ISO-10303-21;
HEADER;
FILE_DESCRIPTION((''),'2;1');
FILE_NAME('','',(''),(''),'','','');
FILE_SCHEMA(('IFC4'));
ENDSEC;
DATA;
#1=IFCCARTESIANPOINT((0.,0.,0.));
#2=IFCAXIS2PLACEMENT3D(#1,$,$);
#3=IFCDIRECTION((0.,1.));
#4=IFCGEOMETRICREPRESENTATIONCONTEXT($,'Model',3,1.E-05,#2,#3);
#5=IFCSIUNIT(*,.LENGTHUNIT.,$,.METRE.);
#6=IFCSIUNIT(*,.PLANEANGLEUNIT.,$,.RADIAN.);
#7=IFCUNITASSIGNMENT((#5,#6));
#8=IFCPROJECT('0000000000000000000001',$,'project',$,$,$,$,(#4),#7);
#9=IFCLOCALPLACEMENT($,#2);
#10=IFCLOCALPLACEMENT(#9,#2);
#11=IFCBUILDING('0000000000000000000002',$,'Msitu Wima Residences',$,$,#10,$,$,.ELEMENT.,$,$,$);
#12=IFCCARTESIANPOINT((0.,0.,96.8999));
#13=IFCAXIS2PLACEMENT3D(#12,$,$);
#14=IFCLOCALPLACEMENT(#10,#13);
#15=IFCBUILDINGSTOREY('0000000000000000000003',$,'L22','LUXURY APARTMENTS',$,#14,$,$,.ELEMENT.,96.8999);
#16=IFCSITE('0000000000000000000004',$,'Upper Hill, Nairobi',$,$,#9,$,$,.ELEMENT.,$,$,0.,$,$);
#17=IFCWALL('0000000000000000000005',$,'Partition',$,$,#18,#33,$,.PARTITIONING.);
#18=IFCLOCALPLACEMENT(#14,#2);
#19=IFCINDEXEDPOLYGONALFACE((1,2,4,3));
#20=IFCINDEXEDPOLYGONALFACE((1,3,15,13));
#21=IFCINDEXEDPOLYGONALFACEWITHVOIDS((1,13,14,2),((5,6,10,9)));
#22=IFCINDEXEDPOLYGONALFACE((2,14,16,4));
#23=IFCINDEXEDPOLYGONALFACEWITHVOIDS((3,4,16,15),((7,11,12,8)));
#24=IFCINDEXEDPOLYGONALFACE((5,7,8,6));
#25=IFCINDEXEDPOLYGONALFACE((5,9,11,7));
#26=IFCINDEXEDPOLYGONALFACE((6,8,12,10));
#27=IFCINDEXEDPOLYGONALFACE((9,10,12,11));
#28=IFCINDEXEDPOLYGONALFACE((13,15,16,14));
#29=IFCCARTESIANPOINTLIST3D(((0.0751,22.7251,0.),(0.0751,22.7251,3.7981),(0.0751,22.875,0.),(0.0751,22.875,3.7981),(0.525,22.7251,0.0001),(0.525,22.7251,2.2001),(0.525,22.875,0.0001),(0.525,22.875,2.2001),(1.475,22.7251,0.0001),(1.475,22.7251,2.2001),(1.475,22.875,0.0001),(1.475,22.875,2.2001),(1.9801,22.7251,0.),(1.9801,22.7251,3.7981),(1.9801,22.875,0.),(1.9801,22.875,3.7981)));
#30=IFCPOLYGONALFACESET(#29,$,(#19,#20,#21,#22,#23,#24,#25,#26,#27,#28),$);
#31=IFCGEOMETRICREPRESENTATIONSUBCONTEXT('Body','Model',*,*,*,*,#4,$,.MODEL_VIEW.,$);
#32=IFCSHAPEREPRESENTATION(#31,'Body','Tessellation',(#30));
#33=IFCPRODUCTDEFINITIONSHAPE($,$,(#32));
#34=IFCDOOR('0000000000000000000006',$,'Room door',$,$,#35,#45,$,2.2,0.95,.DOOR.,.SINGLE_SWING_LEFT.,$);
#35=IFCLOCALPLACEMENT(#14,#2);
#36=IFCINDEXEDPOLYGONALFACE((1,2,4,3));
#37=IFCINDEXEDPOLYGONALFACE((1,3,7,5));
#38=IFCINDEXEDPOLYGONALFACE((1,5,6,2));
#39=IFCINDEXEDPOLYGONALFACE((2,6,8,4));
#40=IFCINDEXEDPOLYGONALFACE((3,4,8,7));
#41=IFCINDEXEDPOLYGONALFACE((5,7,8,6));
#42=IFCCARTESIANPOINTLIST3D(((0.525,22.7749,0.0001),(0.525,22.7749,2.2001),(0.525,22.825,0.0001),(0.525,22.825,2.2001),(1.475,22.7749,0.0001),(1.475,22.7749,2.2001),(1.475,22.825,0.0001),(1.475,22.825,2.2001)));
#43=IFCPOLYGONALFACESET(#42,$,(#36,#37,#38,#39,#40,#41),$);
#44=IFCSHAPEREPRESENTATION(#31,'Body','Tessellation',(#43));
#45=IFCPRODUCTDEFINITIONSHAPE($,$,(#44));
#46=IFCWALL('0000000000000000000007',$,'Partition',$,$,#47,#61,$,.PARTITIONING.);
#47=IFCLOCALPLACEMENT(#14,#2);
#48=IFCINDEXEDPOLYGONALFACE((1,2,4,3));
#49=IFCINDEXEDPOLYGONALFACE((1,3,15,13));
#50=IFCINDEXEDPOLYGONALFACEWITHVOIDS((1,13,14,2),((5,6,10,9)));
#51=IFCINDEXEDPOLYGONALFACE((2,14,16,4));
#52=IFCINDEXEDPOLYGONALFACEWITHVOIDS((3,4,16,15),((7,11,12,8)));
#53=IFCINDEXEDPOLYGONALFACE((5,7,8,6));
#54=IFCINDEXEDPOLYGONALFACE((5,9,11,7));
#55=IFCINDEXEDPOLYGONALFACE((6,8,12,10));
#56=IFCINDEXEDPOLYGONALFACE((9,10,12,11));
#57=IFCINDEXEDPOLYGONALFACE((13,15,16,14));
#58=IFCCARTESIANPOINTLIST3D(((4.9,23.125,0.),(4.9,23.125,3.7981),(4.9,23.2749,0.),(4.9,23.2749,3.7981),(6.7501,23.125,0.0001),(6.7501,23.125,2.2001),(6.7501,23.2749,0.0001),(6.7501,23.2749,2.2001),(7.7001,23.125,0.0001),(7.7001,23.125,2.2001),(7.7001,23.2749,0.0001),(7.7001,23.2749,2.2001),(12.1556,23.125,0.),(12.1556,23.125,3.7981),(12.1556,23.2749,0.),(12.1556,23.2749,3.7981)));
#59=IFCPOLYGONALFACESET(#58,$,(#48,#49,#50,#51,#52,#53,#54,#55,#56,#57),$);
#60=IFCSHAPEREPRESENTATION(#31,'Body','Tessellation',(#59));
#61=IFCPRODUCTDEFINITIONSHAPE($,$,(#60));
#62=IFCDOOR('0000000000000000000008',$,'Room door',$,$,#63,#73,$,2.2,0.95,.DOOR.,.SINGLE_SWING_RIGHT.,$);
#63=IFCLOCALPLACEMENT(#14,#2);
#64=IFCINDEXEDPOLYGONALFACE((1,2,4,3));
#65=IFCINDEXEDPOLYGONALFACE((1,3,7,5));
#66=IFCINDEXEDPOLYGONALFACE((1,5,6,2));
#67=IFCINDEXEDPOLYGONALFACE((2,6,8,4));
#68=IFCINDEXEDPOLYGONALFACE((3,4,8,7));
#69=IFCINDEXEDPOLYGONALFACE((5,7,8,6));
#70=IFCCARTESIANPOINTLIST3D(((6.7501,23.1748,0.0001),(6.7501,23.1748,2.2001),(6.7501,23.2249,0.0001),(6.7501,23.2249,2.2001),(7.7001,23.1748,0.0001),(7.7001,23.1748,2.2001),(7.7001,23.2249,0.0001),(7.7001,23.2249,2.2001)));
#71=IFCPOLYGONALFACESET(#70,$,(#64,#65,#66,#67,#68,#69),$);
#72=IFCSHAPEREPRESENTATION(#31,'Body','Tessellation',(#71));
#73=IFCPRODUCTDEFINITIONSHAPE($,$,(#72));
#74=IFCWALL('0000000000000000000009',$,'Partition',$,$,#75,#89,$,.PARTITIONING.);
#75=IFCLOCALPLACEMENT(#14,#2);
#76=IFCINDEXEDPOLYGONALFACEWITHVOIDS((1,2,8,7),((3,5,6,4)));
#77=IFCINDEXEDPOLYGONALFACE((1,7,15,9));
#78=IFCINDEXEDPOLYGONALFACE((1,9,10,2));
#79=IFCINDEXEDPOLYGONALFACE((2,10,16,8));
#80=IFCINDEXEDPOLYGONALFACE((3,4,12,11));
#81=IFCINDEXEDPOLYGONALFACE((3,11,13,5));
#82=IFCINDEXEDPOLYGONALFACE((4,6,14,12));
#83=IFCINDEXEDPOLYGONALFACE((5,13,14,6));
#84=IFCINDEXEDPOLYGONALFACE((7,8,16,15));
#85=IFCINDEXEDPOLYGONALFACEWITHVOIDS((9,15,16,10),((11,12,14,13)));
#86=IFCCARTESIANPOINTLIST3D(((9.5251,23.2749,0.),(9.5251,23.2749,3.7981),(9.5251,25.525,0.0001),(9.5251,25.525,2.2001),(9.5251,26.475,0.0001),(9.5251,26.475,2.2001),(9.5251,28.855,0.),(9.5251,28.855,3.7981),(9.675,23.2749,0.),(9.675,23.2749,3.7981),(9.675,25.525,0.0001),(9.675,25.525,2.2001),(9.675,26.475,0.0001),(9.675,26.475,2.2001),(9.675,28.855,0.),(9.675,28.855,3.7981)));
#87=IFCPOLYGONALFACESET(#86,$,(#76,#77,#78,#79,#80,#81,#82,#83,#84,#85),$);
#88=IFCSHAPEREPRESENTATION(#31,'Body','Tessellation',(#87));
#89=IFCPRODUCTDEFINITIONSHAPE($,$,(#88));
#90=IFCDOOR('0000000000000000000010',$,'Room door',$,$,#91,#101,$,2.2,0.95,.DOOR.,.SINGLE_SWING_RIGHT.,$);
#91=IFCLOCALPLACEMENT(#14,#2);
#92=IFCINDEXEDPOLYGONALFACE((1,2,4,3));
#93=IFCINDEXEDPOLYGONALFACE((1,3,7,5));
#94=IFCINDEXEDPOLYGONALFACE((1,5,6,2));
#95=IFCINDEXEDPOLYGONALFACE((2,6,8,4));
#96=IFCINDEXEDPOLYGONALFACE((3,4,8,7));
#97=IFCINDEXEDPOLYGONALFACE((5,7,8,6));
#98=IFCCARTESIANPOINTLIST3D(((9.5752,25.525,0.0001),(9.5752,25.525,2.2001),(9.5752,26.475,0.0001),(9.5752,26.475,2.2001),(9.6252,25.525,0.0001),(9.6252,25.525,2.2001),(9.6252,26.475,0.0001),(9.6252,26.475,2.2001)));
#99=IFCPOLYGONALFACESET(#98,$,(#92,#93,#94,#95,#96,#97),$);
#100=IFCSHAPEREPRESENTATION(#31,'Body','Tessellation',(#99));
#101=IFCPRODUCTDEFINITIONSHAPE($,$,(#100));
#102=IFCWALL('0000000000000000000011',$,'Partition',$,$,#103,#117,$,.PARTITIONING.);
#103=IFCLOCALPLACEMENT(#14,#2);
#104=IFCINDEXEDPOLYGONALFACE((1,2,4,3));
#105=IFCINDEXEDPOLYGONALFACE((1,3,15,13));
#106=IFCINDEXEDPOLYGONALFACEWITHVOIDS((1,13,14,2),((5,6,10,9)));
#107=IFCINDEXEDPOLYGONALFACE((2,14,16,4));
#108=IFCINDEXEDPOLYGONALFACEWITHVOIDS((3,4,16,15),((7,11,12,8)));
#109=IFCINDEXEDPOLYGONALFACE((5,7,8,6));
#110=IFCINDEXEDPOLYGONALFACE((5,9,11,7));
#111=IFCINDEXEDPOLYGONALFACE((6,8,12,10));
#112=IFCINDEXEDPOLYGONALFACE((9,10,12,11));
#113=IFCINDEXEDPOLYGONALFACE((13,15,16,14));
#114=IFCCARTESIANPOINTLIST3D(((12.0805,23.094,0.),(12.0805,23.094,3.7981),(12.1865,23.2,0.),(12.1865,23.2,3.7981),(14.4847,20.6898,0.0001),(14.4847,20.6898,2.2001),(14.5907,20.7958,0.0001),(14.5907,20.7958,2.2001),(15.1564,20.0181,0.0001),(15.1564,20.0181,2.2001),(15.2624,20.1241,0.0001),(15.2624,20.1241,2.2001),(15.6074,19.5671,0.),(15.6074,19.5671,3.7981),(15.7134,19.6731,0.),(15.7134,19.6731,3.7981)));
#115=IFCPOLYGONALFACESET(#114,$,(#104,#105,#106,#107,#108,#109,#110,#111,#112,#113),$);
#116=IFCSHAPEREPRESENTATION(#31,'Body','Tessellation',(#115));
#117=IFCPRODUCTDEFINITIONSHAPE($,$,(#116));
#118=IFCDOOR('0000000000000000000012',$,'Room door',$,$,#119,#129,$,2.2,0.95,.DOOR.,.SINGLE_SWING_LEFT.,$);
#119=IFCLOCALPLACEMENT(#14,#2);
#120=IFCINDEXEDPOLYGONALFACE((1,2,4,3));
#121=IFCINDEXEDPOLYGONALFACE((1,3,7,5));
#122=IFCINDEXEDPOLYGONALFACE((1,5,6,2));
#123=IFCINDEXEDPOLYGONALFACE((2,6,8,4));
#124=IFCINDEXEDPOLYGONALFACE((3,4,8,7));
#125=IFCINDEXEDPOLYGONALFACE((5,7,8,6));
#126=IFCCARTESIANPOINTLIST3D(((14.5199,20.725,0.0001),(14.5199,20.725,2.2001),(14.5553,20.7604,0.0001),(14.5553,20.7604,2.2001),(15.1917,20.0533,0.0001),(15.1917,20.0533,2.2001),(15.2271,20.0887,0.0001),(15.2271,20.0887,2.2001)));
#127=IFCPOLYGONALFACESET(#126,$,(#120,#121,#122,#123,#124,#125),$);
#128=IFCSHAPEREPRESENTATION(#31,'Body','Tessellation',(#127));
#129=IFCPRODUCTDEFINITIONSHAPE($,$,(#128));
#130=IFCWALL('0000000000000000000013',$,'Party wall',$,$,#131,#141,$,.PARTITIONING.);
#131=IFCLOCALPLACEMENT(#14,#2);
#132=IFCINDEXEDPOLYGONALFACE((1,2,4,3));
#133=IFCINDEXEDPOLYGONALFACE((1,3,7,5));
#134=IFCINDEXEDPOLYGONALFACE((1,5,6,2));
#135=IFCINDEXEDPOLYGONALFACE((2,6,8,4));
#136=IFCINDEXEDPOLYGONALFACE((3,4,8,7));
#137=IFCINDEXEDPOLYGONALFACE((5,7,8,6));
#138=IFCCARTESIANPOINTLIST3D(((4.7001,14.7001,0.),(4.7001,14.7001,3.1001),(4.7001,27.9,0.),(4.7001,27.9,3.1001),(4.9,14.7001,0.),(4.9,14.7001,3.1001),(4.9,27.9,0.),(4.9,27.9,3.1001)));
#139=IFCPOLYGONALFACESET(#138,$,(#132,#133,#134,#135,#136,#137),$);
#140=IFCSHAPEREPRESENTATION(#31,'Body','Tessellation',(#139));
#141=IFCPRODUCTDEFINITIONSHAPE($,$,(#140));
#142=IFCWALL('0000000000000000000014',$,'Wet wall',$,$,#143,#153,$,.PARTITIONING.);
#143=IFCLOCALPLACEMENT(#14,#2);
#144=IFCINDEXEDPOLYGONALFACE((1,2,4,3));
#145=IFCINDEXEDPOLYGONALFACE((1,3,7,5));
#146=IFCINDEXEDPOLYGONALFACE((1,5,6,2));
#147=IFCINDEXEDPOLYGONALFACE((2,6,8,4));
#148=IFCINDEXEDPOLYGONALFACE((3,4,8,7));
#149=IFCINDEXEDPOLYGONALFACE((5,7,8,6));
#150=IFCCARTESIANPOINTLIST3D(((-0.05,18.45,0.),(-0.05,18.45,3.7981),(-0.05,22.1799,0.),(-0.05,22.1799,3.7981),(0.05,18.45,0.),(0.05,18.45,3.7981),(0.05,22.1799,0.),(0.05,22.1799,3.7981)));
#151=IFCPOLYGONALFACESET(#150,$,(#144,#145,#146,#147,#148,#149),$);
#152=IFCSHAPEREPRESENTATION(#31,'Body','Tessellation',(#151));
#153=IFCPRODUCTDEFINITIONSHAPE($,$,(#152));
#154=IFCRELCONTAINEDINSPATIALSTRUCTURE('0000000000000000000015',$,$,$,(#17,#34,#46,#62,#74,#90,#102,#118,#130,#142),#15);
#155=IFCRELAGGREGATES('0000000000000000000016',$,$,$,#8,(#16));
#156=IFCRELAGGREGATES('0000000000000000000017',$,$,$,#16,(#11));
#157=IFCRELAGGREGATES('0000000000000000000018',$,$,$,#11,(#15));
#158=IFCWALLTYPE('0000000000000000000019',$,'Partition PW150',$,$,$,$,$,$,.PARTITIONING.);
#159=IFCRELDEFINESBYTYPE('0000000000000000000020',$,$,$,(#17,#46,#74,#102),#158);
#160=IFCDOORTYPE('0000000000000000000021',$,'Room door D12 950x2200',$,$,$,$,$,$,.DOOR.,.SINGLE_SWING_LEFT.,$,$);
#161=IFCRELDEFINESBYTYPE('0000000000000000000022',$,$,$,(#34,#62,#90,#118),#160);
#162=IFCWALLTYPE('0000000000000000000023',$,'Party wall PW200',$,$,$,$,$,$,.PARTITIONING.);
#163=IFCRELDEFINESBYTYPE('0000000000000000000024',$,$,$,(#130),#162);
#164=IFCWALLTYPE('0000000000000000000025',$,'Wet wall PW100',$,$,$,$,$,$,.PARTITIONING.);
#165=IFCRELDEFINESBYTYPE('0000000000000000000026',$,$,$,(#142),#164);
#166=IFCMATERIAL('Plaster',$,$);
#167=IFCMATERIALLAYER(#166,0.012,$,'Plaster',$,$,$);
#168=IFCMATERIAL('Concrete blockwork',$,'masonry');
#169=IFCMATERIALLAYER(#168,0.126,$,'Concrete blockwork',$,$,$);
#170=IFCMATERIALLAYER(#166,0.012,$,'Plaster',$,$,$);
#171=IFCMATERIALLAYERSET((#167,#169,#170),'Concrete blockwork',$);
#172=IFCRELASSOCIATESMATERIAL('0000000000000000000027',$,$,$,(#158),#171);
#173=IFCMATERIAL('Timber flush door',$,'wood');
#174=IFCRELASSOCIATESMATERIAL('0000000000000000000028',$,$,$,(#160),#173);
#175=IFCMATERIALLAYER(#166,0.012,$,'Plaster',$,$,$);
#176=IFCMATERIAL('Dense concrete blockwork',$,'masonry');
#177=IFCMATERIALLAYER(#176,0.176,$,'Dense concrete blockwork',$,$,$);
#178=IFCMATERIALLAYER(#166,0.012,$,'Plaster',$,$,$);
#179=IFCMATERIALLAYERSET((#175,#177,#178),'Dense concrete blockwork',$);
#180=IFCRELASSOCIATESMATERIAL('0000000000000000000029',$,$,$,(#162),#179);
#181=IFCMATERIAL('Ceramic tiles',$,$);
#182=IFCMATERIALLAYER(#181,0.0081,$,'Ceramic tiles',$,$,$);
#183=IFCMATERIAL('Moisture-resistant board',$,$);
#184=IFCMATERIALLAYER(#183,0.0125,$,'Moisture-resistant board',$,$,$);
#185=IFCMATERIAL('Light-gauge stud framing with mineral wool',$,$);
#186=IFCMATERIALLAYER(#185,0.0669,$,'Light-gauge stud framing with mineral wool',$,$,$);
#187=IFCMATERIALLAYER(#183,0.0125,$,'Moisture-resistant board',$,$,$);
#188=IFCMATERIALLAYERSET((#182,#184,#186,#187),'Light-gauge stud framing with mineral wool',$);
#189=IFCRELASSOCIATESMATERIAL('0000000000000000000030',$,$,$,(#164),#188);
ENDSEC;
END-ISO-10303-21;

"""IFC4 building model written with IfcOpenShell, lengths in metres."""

from ifc_helpers import new_model, si_unit, direction, frame, frame_2d, origin, place, context, subcontext, project, spatial, rectangle, extrude, material, layer, layer_set, type_object, element, fill, save


model = new_model("IFC4")

# Units and contexts
model_context = context("Model", 3, precision=1e-05, world=origin(), true_north=direction((0.0, 1.0)))
body_context = subcontext(model_context, "Body", "Model", "MODEL_VIEW")
ifc_project = project(units=[si_unit("LENGTHUNIT", "METRE"), si_unit("PLANEANGLEUNIT", "RADIAN")], contexts=[model_context])

# Site, building, storey
site_placement = place(None, origin())
site = spatial("IfcSite", under=ifc_project, at=site_placement, Name="Upper Hill, Nairobi", CompositionType="ELEMENT", RefElevation=0.0)
building_placement = place(site_placement, origin())
building = spatial("IfcBuilding", under=site, at=building_placement, Name="Msitu Wima Residences", CompositionType="ELEMENT")
storey_placement = place(building_placement, frame((0.0, 0.0, 96.8999)))
storey = spatial("IfcBuildingStorey", under=building, at=storey_placement, Name="L22", Description="LUXURY APARTMENTS", CompositionType="ELEMENT", Elevation=96.8999)

# Shared definitions
ifc_material_1 = material(Name="Plaster")
ifc_layer_1 = layer(ifc_material_1, 0.012, Name="Plaster")
ifc_material_2 = material(Name="Concrete blockwork", Category="masonry")
ifc_layer_2 = layer(ifc_material_2, 0.126, Name="Concrete blockwork")
ifc_layer_3 = layer(ifc_material_1, 0.012, Name="Plaster")
ifc_layer_set_1 = layer_set([ifc_layer_1, ifc_layer_2, ifc_layer_3], Name="Concrete blockwork")
wall_type_1 = type_object("IfcWallType", Name="Partition PW150", PredefinedType="PARTITIONING", material=ifc_layer_set_1)

# Walls, openings, doors
wall_1_placement = place(storey_placement, frame((0.075, 22.8, 0.0), z_axis=(0.0, 0.0, 1.0), x_axis=(1.0, 0.0, 0.0)))
wall_1 = element("IfcWall", 1, at=wall_1_placement, inside=storey, type_object=wall_type_1, Name="Partition", PredefinedType="PARTITIONING", context=body_context, shape_type="SweptSolid", body=[
    extrude(rectangle(XDim=1.905, YDim=0.1499, at=frame_2d((0.9526, 0.0))), origin(), (0.0, 0.0, 1.0), 3.7981),
])
opening_1_placement = place(wall_1_placement, frame((0.45, 0.0, 0.0)))
opening_1 = element("IfcOpeningElement", 2, at=opening_1_placement, cuts=wall_1, PredefinedType="OPENING", context=body_context, shape_type="SweptSolid", body=[
    extrude(rectangle(XDim=0.95, YDim=2.2, at=frame_2d((0.4751, 1.1001))), frame((0.0, 0.085, 0.0), z_axis=(0.0, -1.0, 0.0), x_axis=(1.0, 0.0, 0.0)), (0.0, 0.0, 1.0), 0.1699),
])
ifc_material_3 = material(Name="Timber flush door", Category="wood")
door_type_1 = type_object("IfcDoorType", Name="Room door D12 950x2200", OperationType="SINGLE_SWING_LEFT", PredefinedType="DOOR", material=ifc_material_3)
door_1_placement = place(opening_1_placement, origin())
door_1 = element("IfcDoor", 3, at=door_1_placement, inside=storey, type_object=door_type_1, Name="Room door", OperationType="SINGLE_SWING_LEFT", OverallHeight=2.2, OverallWidth=0.95, PredefinedType="DOOR", context=body_context, shape_type="SweptSolid", body=[
    extrude(rectangle(XDim=0.95, YDim=2.2, at=frame_2d((0.4751, 1.1001))), frame((0.0, 0.0249, 0.0), z_axis=(0.0, -1.0, 0.0), x_axis=(1.0, 0.0, 0.0)), (0.0, 0.0, 1.0), 0.05),
])
fill(opening_1, door_1)
wall_2_placement = place(storey_placement, frame((4.8999, 23.2, 0.0), z_axis=(0.0, 0.0, 1.0), x_axis=(1.0, 0.0, 0.0)))
wall_2 = element("IfcWall", 4, at=wall_2_placement, inside=storey, type_object=wall_type_1, Name="Partition", PredefinedType="PARTITIONING", context=body_context, shape_type="SweptSolid", body=[
    extrude(rectangle(XDim=7.2556, YDim=0.1499, at=frame_2d((3.6279, 0.0))), origin(), (0.0, 0.0, 1.0), 3.7981),
])
opening_2_placement = place(wall_2_placement, frame((1.8501, 0.0, 0.0)))
opening_2 = element("IfcOpeningElement", 5, at=opening_2_placement, cuts=wall_2, PredefinedType="OPENING", context=body_context, shape_type="SweptSolid", body=[
    extrude(rectangle(XDim=0.95, YDim=2.2, at=frame_2d((0.4751, 1.1001))), frame((0.0, 0.085, 0.0), z_axis=(0.0, -1.0, 0.0), x_axis=(1.0, 0.0, 0.0)), (0.0, 0.0, 1.0), 0.1699),
])
door_2_placement = place(opening_2_placement, origin())
door_2 = element("IfcDoor", 6, at=door_2_placement, inside=storey, type_object=door_type_1, Name="Room door", OperationType="SINGLE_SWING_RIGHT", OverallHeight=2.2, OverallWidth=0.95, PredefinedType="DOOR", context=body_context, shape_type="SweptSolid", body=[
    extrude(rectangle(XDim=0.95, YDim=2.2, at=frame_2d((0.4751, 1.1001))), frame((0.0, 0.0249, 0.0), z_axis=(0.0, -1.0, 0.0), x_axis=(1.0, 0.0, 0.0)), (0.0, 0.0, 1.0), 0.05),
])
fill(opening_2, door_2)
wall_3_placement = place(storey_placement, frame((9.6001, 23.2749, 0.0), z_axis=(0.0, 0.0, 1.0), x_axis=(0.0, 1.0, 0.0)))
wall_3 = element("IfcWall", 7, at=wall_3_placement, inside=storey, type_object=wall_type_1, Name="Partition", PredefinedType="PARTITIONING", context=body_context, shape_type="SweptSolid", body=[
    extrude(rectangle(XDim=5.5801, YDim=0.1499, at=frame_2d((2.79, 0.0))), origin(), (0.0, 0.0, 1.0), 3.7981),
])
opening_3_placement = place(wall_3_placement, frame((2.25, 0.0, 0.0)))
opening_3 = element("IfcOpeningElement", 8, at=opening_3_placement, cuts=wall_3, PredefinedType="OPENING", context=body_context, shape_type="SweptSolid", body=[
    extrude(rectangle(XDim=0.95, YDim=2.2, at=frame_2d((0.4751, 1.1001))), frame((0.0, 0.085, 0.0), z_axis=(0.0, -1.0, 0.0), x_axis=(1.0, 0.0, 0.0)), (0.0, 0.0, 1.0), 0.1699),
])
door_3_placement = place(opening_3_placement, origin())
door_3 = element("IfcDoor", 9, at=door_3_placement, inside=storey, type_object=door_type_1, Name="Room door", OperationType="SINGLE_SWING_RIGHT", OverallHeight=2.2, OverallWidth=0.95, PredefinedType="DOOR", context=body_context, shape_type="SweptSolid", body=[
    extrude(rectangle(XDim=0.95, YDim=2.2, at=frame_2d((0.4751, 1.1001))), frame((0.0, 0.0249, 0.0), z_axis=(0.0, -1.0, 0.0), x_axis=(1.0, 0.0, 0.0)), (0.0, 0.0, 1.0), 0.05),
])
fill(opening_3, door_3)
wall_4_placement = place(storey_placement, frame((12.1335, 23.147, 0.0), z_axis=(0.0, 0.0, 1.0), x_axis=(0.707107, -0.707107, 0.0)))
wall_4 = element("IfcWall", 10, at=wall_4_placement, inside=storey, type_object=wall_type_1, Name="Partition", PredefinedType="PARTITIONING", context=body_context, shape_type="SweptSolid", body=[
    extrude(rectangle(XDim=4.9878, YDim=0.1499, at=frame_2d((2.4939, 0.0))), origin(), (0.0, 0.0, 1.0), 3.7981),
])
opening_4_placement = place(wall_4_placement, frame((3.3999, 0.0, 0.0)))
opening_4 = element("IfcOpeningElement", 11, at=opening_4_placement, cuts=wall_4, PredefinedType="OPENING", context=body_context, shape_type="SweptSolid", body=[
    extrude(rectangle(XDim=0.95, YDim=2.2, at=frame_2d((0.4751, 1.1001))), frame((0.0, 0.085, 0.0), z_axis=(0.0, -1.0, 0.0), x_axis=(1.0, 0.0, 0.0)), (0.0, 0.0, 1.0), 0.1699),
])
door_4_placement = place(opening_4_placement, origin())
door_4 = element("IfcDoor", 12, at=door_4_placement, inside=storey, type_object=door_type_1, Name="Room door", OperationType="SINGLE_SWING_LEFT", OverallHeight=2.2, OverallWidth=0.95, PredefinedType="DOOR", context=body_context, shape_type="SweptSolid", body=[
    extrude(rectangle(XDim=0.95, YDim=2.2, at=frame_2d((0.4751, 1.1001))), frame((0.0, 0.0249, 0.0), z_axis=(0.0, -1.0, 0.0), x_axis=(1.0, 0.0, 0.0)), (0.0, 0.0, 1.0), 0.05),
])
fill(opening_4, door_4)

# Walls
ifc_layer_4 = layer(ifc_material_1, 0.012, Name="Plaster")
ifc_material_4 = material(Name="Dense concrete blockwork", Category="masonry")
ifc_layer_5 = layer(ifc_material_4, 0.176, Name="Dense concrete blockwork")
ifc_layer_6 = layer(ifc_material_1, 0.012, Name="Plaster")
ifc_layer_set_2 = layer_set([ifc_layer_4, ifc_layer_5, ifc_layer_6], Name="Dense concrete blockwork")
wall_type_2 = type_object("IfcWallType", Name="Party wall PW200", PredefinedType="PARTITIONING", material=ifc_layer_set_2)
wall_5_placement = place(storey_placement, frame((4.8, 14.7, 0.0), z_axis=(0.0, 0.0, 1.0), x_axis=(0.0, 1.0, 0.0)))
element("IfcWall", 13, at=wall_5_placement, inside=storey, type_object=wall_type_2, Name="Party wall", PredefinedType="PARTITIONING", context=body_context, shape_type="SweptSolid", body=[
    extrude(rectangle(XDim=13.2, YDim=0.2, at=frame_2d((6.6001, 0.0))), origin(), (0.0, 0.0, 1.0), 3.1001),
])
ifc_material_5 = material(Name="Ceramic tiles")
ifc_layer_7 = layer(ifc_material_5, 0.0081, Name="Ceramic tiles")
ifc_material_6 = material(Name="Moisture-resistant board")
ifc_layer_8 = layer(ifc_material_6, 0.0125, Name="Moisture-resistant board")
ifc_material_7 = material(Name="Light-gauge stud framing with mineral wool")
ifc_layer_9 = layer(ifc_material_7, 0.0669, Name="Light-gauge stud framing with mineral wool")
ifc_layer_10 = layer(ifc_material_6, 0.0125, Name="Moisture-resistant board")
ifc_layer_set_3 = layer_set([ifc_layer_7, ifc_layer_8, ifc_layer_9, ifc_layer_10], Name="Light-gauge stud framing with mineral wool")
wall_type_3 = type_object("IfcWallType", Name="Wet wall PW100", PredefinedType="PARTITIONING", material=ifc_layer_set_3)
wall_6_placement = place(storey_placement, frame((0.0, 18.45, 0.0), z_axis=(0.0, 0.0, 1.0), x_axis=(0.0, 1.0, 0.0)))
element("IfcWall", 14, at=wall_6_placement, inside=storey, type_object=wall_type_3, Name="Wet wall", PredefinedType="PARTITIONING", context=body_context, shape_type="SweptSolid", body=[
    extrude(rectangle(XDim=3.73, YDim=0.1001, at=frame_2d((1.865, 0.0))), origin(), (0.0, 0.0, 1.0), 3.7981),
])

save(model, "model.ifc")
